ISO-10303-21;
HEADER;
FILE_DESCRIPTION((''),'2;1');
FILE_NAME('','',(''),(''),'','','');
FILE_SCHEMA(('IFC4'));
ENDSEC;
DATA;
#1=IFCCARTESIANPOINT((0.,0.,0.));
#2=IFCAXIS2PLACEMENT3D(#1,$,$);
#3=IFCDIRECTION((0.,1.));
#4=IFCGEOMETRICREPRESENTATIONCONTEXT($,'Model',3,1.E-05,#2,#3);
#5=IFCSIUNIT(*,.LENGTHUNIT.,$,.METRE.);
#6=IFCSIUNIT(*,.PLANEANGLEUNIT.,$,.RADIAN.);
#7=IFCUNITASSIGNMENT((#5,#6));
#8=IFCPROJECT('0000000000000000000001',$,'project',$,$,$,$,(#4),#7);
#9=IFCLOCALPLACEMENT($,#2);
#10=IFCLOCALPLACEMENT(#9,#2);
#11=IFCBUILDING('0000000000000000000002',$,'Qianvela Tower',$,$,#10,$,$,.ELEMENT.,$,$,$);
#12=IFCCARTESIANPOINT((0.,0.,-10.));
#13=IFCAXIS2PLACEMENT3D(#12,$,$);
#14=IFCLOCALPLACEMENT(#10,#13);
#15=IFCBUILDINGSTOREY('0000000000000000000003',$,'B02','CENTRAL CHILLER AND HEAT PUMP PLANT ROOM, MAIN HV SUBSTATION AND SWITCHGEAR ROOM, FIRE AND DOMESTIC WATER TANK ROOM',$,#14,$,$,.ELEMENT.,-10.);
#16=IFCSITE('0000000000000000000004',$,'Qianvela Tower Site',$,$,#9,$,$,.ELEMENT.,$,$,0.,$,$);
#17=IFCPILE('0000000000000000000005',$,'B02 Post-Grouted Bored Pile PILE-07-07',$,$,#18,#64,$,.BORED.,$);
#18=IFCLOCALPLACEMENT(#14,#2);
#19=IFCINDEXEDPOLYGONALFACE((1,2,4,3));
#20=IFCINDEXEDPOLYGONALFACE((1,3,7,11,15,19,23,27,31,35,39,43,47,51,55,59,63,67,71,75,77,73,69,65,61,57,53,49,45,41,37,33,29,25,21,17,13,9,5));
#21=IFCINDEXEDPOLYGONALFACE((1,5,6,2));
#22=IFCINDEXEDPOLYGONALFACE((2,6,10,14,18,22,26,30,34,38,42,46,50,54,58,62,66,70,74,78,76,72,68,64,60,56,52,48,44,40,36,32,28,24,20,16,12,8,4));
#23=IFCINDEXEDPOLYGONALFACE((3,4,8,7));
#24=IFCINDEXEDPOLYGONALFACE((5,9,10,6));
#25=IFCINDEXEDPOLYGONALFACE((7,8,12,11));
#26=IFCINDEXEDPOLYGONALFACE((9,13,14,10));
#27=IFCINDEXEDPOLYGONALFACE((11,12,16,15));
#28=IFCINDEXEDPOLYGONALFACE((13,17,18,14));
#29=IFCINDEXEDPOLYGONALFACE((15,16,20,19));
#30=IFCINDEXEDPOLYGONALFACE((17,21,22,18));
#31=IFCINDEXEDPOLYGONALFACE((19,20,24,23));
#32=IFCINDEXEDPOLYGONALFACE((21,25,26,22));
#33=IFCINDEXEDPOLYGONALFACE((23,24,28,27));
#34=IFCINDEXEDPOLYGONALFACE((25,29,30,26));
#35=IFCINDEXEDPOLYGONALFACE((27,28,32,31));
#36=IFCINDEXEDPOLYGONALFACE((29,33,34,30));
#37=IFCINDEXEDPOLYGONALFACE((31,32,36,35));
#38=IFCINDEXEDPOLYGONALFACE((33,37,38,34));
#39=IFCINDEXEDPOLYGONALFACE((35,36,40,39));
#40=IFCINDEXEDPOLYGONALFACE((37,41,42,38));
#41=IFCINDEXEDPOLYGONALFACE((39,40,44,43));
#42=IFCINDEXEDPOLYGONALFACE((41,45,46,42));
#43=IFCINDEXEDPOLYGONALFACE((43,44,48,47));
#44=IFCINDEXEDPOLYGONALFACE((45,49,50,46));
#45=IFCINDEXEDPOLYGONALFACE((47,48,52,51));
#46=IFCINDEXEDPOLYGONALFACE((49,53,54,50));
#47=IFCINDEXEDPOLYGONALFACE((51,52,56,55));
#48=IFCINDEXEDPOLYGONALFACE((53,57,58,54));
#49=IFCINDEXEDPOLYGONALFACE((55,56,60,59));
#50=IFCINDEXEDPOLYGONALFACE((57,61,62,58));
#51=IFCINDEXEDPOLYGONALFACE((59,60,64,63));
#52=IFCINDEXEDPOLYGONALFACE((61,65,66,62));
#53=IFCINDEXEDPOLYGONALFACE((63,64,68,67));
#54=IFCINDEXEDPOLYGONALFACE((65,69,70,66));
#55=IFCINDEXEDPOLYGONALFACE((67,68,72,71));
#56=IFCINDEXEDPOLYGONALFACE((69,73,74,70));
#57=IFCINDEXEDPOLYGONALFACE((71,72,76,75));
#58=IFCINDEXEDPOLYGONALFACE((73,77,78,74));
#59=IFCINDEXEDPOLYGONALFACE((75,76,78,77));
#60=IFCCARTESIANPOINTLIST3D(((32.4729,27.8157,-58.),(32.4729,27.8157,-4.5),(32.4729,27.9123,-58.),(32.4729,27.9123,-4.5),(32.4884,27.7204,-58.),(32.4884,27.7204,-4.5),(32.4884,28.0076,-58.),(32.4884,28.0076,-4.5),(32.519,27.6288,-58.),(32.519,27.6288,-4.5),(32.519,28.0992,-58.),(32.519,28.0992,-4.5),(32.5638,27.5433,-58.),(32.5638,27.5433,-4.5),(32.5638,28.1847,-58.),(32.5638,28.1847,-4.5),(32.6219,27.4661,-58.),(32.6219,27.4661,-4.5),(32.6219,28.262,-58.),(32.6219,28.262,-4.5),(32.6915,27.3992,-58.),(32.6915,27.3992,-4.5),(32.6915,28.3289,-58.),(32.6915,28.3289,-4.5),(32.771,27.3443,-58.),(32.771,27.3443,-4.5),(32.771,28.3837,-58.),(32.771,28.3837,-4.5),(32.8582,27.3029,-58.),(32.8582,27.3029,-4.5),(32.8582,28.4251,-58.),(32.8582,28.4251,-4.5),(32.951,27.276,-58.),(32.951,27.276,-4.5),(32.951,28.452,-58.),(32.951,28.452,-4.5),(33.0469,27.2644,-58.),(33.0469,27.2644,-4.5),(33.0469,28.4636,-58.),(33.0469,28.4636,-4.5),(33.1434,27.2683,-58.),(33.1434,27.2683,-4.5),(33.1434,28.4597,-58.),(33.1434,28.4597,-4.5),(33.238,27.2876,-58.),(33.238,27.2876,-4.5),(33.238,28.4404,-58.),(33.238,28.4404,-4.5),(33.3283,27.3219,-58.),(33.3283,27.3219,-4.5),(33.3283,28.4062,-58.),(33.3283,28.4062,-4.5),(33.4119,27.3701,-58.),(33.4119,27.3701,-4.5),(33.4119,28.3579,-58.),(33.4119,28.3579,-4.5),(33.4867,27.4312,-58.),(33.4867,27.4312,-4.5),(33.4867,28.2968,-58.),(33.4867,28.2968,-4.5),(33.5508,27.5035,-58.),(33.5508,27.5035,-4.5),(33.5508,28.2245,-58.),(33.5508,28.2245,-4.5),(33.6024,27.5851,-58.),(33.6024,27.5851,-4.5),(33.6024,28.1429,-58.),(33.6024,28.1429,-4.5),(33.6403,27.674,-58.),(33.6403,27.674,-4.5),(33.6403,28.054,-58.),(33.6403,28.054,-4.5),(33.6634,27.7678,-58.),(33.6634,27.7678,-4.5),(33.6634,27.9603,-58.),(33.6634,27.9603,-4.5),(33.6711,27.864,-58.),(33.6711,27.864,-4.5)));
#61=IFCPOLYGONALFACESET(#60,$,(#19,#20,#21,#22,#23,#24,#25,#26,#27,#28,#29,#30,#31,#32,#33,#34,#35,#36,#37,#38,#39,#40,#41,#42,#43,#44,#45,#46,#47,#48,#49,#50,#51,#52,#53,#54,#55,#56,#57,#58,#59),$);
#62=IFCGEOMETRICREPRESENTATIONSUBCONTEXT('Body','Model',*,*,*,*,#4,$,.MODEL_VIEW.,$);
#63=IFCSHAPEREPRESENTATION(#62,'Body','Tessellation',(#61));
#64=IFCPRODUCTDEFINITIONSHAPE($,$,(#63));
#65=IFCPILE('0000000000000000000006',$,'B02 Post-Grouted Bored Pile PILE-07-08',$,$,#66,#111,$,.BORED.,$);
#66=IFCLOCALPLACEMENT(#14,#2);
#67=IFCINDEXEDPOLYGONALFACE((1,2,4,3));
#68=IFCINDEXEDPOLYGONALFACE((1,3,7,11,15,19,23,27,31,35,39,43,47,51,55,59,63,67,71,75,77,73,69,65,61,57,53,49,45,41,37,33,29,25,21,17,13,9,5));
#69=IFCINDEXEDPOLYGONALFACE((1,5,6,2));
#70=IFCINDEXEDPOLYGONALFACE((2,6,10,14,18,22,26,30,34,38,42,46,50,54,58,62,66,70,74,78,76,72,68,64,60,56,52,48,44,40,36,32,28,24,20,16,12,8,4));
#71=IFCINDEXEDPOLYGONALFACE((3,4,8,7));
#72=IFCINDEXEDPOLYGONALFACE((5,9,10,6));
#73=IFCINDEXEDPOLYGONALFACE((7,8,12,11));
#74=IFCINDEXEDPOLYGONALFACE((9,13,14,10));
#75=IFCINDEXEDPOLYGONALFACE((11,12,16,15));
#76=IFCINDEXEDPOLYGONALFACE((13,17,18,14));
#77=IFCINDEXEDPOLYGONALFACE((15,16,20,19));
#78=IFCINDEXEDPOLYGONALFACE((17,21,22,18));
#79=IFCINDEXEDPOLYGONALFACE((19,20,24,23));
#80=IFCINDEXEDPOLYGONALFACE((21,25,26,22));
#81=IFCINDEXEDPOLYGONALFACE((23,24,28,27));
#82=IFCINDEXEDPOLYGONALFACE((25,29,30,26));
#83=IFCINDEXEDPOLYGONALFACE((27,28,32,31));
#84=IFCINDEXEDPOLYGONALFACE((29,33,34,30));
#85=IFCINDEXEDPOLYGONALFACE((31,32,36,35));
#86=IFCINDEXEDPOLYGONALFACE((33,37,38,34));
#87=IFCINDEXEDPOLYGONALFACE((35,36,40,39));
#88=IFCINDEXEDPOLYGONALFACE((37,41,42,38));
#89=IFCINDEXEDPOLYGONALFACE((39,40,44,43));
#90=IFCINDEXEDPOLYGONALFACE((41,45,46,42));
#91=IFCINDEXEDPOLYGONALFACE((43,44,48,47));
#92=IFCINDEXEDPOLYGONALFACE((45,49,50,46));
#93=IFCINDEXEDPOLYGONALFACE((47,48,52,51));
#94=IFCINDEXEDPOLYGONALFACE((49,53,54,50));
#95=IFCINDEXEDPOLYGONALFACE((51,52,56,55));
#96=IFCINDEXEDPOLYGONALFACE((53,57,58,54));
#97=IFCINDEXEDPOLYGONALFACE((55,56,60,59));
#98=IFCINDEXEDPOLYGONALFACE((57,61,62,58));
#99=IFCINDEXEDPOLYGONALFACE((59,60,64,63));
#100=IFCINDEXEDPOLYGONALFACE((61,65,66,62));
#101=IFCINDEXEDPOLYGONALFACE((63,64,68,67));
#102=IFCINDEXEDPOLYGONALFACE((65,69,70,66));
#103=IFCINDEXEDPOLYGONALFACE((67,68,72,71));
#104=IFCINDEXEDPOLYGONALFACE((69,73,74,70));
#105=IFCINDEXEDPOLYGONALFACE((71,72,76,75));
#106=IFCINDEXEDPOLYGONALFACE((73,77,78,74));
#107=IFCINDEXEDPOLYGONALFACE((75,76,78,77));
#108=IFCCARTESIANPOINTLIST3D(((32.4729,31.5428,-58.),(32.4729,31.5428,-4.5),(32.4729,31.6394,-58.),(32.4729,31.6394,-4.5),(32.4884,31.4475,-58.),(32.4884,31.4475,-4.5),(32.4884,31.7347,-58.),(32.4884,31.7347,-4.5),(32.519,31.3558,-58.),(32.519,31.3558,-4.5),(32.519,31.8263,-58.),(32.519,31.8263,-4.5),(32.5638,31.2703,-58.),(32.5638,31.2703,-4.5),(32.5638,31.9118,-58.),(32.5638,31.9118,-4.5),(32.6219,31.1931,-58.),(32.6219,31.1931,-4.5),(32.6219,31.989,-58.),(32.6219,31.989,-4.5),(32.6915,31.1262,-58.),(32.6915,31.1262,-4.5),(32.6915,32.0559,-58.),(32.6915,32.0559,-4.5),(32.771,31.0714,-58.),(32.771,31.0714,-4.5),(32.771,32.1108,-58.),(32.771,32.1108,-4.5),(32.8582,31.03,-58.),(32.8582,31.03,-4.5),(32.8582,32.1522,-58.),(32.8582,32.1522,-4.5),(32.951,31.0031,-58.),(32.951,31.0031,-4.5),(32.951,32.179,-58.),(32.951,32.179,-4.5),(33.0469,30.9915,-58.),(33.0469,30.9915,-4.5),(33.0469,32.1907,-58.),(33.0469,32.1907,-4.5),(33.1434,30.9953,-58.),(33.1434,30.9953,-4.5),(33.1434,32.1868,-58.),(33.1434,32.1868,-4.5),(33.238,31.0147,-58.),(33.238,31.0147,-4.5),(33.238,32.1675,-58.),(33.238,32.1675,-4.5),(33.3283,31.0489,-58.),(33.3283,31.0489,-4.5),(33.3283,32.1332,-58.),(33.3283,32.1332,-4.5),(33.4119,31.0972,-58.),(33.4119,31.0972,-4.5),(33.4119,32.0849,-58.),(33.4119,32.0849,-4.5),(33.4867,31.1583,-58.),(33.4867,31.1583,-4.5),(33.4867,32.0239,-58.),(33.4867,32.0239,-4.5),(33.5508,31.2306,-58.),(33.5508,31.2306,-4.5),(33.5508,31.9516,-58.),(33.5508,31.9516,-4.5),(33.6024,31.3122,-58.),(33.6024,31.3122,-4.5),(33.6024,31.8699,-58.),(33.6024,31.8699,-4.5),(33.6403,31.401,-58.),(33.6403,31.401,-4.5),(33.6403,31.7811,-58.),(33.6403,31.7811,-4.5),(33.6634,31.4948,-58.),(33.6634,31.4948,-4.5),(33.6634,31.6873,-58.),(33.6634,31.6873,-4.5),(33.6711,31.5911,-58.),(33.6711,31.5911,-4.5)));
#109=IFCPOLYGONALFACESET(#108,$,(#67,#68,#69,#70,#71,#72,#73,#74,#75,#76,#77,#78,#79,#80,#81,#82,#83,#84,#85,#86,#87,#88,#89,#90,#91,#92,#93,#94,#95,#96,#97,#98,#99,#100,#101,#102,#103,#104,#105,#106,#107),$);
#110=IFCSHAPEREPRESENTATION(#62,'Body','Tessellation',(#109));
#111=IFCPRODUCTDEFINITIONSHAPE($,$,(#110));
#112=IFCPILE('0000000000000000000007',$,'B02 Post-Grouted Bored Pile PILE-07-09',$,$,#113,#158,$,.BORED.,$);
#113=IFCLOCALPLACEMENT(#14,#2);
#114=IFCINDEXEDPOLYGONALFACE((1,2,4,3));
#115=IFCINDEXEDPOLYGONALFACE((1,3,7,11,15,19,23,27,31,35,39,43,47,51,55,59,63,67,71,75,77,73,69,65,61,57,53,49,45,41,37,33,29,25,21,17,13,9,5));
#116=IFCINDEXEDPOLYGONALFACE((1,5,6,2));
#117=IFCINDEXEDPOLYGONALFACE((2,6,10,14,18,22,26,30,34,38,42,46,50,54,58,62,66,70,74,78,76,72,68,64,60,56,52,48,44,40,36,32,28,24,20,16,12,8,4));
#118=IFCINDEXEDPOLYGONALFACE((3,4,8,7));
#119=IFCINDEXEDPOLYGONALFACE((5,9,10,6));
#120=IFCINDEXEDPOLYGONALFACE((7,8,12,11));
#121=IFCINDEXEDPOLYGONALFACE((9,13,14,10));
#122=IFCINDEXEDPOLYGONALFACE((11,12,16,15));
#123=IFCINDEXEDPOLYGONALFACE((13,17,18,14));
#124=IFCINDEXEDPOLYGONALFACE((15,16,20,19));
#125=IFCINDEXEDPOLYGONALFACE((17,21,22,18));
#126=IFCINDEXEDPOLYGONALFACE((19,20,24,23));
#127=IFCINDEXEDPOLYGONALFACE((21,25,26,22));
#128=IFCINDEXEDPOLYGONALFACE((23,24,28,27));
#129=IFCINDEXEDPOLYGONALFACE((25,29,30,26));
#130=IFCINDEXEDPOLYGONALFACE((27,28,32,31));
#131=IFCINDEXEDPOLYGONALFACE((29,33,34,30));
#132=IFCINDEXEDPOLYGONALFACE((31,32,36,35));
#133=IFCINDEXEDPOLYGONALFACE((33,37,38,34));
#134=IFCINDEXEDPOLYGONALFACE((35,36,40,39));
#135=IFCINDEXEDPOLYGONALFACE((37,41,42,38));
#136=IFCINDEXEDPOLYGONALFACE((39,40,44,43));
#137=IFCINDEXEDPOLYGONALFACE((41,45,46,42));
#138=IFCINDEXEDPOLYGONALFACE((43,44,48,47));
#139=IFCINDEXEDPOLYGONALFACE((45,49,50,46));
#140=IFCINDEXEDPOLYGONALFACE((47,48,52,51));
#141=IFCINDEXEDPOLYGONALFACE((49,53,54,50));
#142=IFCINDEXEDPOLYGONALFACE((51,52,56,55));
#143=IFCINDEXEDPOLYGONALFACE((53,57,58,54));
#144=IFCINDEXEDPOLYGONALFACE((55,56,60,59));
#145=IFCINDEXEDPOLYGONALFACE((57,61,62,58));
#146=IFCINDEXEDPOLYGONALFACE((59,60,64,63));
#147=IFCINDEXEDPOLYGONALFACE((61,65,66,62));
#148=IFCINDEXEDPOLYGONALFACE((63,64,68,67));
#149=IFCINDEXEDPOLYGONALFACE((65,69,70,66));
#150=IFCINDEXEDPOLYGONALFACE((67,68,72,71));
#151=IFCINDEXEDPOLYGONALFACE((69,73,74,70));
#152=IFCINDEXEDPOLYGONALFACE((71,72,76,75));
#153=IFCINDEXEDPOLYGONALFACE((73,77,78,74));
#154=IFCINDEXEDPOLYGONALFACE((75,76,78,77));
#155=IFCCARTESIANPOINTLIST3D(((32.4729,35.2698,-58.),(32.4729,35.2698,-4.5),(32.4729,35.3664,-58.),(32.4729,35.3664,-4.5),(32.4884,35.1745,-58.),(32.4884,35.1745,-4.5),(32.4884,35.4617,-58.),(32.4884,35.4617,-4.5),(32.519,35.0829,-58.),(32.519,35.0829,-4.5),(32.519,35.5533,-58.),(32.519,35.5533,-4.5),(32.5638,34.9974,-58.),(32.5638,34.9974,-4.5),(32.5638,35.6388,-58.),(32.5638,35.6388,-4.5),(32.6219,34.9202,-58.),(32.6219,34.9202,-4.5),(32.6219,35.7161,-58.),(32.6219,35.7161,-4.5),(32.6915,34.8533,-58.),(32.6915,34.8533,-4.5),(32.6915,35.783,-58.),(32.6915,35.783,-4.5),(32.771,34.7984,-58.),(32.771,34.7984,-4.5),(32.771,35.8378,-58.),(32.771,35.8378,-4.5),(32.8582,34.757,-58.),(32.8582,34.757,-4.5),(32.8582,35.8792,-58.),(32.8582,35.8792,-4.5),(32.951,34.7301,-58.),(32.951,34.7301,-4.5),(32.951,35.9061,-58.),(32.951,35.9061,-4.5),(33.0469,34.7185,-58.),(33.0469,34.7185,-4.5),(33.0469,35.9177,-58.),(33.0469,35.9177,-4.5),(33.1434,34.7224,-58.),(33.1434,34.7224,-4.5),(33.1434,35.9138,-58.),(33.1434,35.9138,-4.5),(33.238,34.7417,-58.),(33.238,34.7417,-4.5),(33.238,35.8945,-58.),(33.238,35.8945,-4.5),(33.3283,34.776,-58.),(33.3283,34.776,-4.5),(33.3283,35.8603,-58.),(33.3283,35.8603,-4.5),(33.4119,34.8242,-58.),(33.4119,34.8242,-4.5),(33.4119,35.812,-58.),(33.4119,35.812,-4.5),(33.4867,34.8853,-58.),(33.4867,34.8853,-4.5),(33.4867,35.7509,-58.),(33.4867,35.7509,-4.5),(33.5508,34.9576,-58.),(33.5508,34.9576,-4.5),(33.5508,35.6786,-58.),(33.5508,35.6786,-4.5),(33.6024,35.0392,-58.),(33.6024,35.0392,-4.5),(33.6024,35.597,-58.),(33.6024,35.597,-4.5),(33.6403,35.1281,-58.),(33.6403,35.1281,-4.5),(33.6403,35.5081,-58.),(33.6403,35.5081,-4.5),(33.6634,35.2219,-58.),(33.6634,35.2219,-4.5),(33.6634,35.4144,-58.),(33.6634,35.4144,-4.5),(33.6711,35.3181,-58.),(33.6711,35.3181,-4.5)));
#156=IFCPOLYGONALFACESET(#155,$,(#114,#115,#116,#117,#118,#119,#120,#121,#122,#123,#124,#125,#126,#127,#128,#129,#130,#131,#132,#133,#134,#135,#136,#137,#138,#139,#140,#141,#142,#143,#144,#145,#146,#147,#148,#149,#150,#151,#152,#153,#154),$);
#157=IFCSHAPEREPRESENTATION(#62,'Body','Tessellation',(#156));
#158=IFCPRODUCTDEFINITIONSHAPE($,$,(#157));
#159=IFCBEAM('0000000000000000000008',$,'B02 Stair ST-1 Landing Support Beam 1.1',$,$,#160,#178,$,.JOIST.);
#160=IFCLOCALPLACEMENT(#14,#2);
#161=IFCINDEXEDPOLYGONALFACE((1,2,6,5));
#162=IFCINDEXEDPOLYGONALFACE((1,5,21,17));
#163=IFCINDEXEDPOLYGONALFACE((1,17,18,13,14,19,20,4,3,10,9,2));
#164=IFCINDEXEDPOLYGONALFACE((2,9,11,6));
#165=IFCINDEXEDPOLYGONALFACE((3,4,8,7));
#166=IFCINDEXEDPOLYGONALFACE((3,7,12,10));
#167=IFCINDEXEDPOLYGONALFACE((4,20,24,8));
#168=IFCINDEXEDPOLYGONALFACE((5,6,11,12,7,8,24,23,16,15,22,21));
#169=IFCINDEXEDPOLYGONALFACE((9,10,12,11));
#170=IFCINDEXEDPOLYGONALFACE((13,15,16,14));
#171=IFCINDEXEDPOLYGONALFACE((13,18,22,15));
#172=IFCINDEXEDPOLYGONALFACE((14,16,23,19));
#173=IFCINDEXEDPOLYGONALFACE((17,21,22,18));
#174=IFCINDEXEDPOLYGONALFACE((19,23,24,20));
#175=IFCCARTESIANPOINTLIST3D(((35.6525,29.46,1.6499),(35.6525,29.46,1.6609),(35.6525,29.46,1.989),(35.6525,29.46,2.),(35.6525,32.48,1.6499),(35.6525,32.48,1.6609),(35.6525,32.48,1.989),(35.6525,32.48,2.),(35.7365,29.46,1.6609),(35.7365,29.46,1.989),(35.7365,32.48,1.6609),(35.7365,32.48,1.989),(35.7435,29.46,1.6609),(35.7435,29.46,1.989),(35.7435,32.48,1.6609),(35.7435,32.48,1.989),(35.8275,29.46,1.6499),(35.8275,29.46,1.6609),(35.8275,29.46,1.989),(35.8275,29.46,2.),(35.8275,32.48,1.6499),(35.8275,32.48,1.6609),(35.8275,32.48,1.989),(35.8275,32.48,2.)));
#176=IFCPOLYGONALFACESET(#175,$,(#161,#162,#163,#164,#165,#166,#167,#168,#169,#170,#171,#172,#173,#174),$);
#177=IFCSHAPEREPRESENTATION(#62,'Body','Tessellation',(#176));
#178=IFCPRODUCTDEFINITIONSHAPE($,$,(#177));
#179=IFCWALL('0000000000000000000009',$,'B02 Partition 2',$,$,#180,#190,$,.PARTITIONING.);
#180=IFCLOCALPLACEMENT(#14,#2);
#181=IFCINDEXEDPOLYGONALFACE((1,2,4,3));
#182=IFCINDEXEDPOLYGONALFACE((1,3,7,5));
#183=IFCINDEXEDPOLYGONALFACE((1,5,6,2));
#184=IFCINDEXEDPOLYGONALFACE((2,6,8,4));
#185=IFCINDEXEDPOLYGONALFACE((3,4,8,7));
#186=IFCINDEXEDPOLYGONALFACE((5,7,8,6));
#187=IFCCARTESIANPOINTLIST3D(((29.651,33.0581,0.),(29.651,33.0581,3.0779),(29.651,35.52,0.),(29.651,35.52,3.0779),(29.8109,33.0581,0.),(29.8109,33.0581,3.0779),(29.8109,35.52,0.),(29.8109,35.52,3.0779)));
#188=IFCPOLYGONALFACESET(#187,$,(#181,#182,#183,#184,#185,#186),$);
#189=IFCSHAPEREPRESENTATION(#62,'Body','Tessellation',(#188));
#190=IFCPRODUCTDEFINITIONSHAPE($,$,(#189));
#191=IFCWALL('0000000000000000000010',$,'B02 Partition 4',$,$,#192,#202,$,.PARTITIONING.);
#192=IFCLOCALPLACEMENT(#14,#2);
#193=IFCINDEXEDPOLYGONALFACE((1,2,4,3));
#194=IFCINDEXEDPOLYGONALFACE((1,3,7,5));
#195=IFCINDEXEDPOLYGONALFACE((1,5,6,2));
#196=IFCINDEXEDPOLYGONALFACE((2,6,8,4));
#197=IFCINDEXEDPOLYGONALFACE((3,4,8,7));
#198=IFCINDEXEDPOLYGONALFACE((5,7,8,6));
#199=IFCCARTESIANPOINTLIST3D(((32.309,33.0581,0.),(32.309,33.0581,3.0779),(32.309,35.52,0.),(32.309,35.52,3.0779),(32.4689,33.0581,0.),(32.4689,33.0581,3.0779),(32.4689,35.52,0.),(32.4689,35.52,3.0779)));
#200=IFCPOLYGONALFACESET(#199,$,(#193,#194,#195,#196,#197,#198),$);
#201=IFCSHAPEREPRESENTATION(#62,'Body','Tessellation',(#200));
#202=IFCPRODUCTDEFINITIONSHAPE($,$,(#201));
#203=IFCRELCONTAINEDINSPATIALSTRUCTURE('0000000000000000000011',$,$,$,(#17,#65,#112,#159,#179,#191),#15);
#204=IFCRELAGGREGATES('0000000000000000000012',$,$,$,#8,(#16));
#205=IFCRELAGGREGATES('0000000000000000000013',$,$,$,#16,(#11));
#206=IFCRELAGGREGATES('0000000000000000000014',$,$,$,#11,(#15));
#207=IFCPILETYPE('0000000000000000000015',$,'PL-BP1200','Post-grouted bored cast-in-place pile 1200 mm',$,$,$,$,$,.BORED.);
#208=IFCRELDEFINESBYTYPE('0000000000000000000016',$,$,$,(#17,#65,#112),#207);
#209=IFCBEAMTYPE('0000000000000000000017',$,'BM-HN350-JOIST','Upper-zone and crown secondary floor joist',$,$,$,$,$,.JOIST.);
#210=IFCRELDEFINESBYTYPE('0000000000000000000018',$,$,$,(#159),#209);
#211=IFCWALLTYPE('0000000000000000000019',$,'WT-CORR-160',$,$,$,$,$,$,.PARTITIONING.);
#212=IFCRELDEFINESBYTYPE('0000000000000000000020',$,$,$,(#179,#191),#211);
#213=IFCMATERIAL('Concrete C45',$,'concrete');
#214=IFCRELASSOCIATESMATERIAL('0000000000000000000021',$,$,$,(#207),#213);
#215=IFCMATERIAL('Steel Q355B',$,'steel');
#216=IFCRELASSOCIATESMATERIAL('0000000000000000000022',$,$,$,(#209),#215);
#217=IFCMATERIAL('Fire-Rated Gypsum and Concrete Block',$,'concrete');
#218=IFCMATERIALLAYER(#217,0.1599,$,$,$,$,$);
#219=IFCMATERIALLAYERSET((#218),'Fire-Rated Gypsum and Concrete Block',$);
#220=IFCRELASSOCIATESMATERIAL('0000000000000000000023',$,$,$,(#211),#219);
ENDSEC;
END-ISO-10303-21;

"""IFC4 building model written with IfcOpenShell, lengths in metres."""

from ifc_helpers import new_model, si_unit, direction, frame, frame_2d, origin, origin_2d, place, context, subcontext, project, spatial, rectangle, circle, i_section, extrude, material, layer, layer_set, material_profile, profile_set, type_object, element, save


model = new_model("IFC4")

# Units and contexts
model_context = context("Model", 3, precision=1e-05, world=origin(), true_north=direction((0.0, 1.0)))
body_context = subcontext(model_context, "Body", "Model", "MODEL_VIEW")
ifc_project = project(units=[si_unit("LENGTHUNIT", "METRE"), si_unit("PLANEANGLEUNIT", "RADIAN")], contexts=[model_context])

# Site, building, storey
site_placement = place(None, origin())
site = spatial("IfcSite", under=ifc_project, at=site_placement, Name="Qianvela Tower Site", CompositionType="ELEMENT", RefElevation=0.0)
building_placement = place(site_placement, origin())
building = spatial("IfcBuilding", under=site, at=building_placement, Name="Qianvela Tower", CompositionType="ELEMENT")
storey_placement = place(building_placement, frame((0.0, 0.0, -10.0)))
storey = spatial("IfcBuildingStorey", under=building, at=storey_placement, Name="B02", Description="CENTRAL CHILLER AND HEAT PUMP PLANT ROOM, MAIN HV SUBSTATION AND SWITCHGEAR ROOM, FIRE AND DOMESTIC WATER TANK ROOM", CompositionType="ELEMENT", Elevation=-10.0)

# Piles
ifc_material_1 = material(Name="Concrete C45", Category="concrete")
ifc_material_profile_1 = material_profile(ifc_material_1, circle(Radius=0.6001, at=origin_2d()), Name="BP-1200")
ifc_profile_set_1 = profile_set([ifc_material_profile_1], Name="Concrete C45")
pile_type = type_object("IfcPileType", Name="PL-BP1200", Description="Post-grouted bored cast-in-place pile 1200 mm", PredefinedType="BORED", material=ifc_profile_set_1)
for number, where, z_axis, x_axis, name in (
    (1, (33.071, 27.864, -4.5), (0.0, 0.0, -1.0), (1.0, 0.0, 0.0), "B02 Post-Grouted Bored Pile PILE-07-07"),
    (2, (33.071, 31.5911, -4.5), (0.0, 0.0, -1.0), (1.0, 0.0, 0.0), "B02 Post-Grouted Bored Pile PILE-07-08"),
    (3, (33.071, 35.3181, -4.5), (0.0, 0.0, -1.0), (1.0, 0.0, 0.0), "B02 Post-Grouted Bored Pile PILE-07-09"),
):
    element("IfcPile", number, at=place(storey_placement, frame(where, z_axis=z_axis, x_axis=x_axis)), inside=storey, type_object=pile_type, Name=name, PredefinedType="BORED", context=body_context, shape_type="SweptSolid", body=[
        extrude(circle(Radius=0.6001, at=origin_2d()), origin(), (0.0, 0.0, 1.0), 53.5),
    ])

# Beam
ifc_material_2 = material(Name="Steel Q355B", Category="steel")
ifc_material_profile_2 = material_profile(ifc_material_2, i_section(OverallWidth=0.175, OverallDepth=0.3501, WebThickness=0.0071, FlangeThickness=0.011, at=origin_2d()), Name="HN350x175x7x11")
ifc_profile_set_2 = profile_set([ifc_material_profile_2], Name="Steel Q355B")
beam_type = type_object("IfcBeamType", Name="BM-HN350-JOIST", Description="Upper-zone and crown secondary floor joist", PredefinedType="JOIST", material=ifc_profile_set_2)
beam_placement = place(storey_placement, frame((35.74, 29.46, 1.825), z_axis=(0.0, 1.0, 0.0), x_axis=(-1.0, 0.0, 0.0)))
element("IfcBeam", 4, at=beam_placement, inside=storey, type_object=beam_type, Name="B02 Stair ST-1 Landing Support Beam 1.1", PredefinedType="JOIST", context=body_context, shape_type="SweptSolid", body=[
    extrude(i_section(OverallWidth=0.175, OverallDepth=0.3501, WebThickness=0.0071, FlangeThickness=0.011, at=origin_2d()), origin(), (0.0, 0.0, 1.0), 3.02),
])

# Wall
ifc_material_3 = material(Name="Fire-Rated Gypsum and Concrete Block", Category="concrete")
ifc_layer_1 = layer(ifc_material_3, 0.1599)
ifc_layer_set_1 = layer_set([ifc_layer_1], Name="Fire-Rated Gypsum and Concrete Block")
wall_type_1 = type_object("IfcWallType", Name="WT-CORR-160", PredefinedType="PARTITIONING", material=ifc_layer_set_1)
wall_1_placement = place(storey_placement, frame((29.731, 33.0581, 0.0), z_axis=(0.0, 0.0, 1.0), x_axis=(0.0, 1.0, 0.0)))
element("IfcWall", 5, at=wall_1_placement, inside=storey, type_object=wall_type_1, Name="B02 Partition 2", PredefinedType="PARTITIONING", context=body_context, shape_type="SweptSolid", body=[
    extrude(rectangle(XDim=2.4619, YDim=0.1599, at=frame_2d((1.231, 0.0))), origin(), (0.0, 0.0, 1.0), 3.0779),
])

# Wall
wall_2_placement = place(storey_placement, frame((32.3889, 35.52, 0.0), z_axis=(0.0, 0.0, 1.0), x_axis=(0.0, -1.0, 0.0)))
element("IfcWall", 6, at=wall_2_placement, inside=storey, type_object=wall_type_1, Name="B02 Partition 4", PredefinedType="PARTITIONING", context=body_context, shape_type="SweptSolid", body=[
    extrude(rectangle(XDim=2.4619, YDim=0.1599, at=frame_2d((1.231, 0.0))), origin(), (0.0, 0.0, 1.0), 3.0779),
])

save(model, "model.ifc")
